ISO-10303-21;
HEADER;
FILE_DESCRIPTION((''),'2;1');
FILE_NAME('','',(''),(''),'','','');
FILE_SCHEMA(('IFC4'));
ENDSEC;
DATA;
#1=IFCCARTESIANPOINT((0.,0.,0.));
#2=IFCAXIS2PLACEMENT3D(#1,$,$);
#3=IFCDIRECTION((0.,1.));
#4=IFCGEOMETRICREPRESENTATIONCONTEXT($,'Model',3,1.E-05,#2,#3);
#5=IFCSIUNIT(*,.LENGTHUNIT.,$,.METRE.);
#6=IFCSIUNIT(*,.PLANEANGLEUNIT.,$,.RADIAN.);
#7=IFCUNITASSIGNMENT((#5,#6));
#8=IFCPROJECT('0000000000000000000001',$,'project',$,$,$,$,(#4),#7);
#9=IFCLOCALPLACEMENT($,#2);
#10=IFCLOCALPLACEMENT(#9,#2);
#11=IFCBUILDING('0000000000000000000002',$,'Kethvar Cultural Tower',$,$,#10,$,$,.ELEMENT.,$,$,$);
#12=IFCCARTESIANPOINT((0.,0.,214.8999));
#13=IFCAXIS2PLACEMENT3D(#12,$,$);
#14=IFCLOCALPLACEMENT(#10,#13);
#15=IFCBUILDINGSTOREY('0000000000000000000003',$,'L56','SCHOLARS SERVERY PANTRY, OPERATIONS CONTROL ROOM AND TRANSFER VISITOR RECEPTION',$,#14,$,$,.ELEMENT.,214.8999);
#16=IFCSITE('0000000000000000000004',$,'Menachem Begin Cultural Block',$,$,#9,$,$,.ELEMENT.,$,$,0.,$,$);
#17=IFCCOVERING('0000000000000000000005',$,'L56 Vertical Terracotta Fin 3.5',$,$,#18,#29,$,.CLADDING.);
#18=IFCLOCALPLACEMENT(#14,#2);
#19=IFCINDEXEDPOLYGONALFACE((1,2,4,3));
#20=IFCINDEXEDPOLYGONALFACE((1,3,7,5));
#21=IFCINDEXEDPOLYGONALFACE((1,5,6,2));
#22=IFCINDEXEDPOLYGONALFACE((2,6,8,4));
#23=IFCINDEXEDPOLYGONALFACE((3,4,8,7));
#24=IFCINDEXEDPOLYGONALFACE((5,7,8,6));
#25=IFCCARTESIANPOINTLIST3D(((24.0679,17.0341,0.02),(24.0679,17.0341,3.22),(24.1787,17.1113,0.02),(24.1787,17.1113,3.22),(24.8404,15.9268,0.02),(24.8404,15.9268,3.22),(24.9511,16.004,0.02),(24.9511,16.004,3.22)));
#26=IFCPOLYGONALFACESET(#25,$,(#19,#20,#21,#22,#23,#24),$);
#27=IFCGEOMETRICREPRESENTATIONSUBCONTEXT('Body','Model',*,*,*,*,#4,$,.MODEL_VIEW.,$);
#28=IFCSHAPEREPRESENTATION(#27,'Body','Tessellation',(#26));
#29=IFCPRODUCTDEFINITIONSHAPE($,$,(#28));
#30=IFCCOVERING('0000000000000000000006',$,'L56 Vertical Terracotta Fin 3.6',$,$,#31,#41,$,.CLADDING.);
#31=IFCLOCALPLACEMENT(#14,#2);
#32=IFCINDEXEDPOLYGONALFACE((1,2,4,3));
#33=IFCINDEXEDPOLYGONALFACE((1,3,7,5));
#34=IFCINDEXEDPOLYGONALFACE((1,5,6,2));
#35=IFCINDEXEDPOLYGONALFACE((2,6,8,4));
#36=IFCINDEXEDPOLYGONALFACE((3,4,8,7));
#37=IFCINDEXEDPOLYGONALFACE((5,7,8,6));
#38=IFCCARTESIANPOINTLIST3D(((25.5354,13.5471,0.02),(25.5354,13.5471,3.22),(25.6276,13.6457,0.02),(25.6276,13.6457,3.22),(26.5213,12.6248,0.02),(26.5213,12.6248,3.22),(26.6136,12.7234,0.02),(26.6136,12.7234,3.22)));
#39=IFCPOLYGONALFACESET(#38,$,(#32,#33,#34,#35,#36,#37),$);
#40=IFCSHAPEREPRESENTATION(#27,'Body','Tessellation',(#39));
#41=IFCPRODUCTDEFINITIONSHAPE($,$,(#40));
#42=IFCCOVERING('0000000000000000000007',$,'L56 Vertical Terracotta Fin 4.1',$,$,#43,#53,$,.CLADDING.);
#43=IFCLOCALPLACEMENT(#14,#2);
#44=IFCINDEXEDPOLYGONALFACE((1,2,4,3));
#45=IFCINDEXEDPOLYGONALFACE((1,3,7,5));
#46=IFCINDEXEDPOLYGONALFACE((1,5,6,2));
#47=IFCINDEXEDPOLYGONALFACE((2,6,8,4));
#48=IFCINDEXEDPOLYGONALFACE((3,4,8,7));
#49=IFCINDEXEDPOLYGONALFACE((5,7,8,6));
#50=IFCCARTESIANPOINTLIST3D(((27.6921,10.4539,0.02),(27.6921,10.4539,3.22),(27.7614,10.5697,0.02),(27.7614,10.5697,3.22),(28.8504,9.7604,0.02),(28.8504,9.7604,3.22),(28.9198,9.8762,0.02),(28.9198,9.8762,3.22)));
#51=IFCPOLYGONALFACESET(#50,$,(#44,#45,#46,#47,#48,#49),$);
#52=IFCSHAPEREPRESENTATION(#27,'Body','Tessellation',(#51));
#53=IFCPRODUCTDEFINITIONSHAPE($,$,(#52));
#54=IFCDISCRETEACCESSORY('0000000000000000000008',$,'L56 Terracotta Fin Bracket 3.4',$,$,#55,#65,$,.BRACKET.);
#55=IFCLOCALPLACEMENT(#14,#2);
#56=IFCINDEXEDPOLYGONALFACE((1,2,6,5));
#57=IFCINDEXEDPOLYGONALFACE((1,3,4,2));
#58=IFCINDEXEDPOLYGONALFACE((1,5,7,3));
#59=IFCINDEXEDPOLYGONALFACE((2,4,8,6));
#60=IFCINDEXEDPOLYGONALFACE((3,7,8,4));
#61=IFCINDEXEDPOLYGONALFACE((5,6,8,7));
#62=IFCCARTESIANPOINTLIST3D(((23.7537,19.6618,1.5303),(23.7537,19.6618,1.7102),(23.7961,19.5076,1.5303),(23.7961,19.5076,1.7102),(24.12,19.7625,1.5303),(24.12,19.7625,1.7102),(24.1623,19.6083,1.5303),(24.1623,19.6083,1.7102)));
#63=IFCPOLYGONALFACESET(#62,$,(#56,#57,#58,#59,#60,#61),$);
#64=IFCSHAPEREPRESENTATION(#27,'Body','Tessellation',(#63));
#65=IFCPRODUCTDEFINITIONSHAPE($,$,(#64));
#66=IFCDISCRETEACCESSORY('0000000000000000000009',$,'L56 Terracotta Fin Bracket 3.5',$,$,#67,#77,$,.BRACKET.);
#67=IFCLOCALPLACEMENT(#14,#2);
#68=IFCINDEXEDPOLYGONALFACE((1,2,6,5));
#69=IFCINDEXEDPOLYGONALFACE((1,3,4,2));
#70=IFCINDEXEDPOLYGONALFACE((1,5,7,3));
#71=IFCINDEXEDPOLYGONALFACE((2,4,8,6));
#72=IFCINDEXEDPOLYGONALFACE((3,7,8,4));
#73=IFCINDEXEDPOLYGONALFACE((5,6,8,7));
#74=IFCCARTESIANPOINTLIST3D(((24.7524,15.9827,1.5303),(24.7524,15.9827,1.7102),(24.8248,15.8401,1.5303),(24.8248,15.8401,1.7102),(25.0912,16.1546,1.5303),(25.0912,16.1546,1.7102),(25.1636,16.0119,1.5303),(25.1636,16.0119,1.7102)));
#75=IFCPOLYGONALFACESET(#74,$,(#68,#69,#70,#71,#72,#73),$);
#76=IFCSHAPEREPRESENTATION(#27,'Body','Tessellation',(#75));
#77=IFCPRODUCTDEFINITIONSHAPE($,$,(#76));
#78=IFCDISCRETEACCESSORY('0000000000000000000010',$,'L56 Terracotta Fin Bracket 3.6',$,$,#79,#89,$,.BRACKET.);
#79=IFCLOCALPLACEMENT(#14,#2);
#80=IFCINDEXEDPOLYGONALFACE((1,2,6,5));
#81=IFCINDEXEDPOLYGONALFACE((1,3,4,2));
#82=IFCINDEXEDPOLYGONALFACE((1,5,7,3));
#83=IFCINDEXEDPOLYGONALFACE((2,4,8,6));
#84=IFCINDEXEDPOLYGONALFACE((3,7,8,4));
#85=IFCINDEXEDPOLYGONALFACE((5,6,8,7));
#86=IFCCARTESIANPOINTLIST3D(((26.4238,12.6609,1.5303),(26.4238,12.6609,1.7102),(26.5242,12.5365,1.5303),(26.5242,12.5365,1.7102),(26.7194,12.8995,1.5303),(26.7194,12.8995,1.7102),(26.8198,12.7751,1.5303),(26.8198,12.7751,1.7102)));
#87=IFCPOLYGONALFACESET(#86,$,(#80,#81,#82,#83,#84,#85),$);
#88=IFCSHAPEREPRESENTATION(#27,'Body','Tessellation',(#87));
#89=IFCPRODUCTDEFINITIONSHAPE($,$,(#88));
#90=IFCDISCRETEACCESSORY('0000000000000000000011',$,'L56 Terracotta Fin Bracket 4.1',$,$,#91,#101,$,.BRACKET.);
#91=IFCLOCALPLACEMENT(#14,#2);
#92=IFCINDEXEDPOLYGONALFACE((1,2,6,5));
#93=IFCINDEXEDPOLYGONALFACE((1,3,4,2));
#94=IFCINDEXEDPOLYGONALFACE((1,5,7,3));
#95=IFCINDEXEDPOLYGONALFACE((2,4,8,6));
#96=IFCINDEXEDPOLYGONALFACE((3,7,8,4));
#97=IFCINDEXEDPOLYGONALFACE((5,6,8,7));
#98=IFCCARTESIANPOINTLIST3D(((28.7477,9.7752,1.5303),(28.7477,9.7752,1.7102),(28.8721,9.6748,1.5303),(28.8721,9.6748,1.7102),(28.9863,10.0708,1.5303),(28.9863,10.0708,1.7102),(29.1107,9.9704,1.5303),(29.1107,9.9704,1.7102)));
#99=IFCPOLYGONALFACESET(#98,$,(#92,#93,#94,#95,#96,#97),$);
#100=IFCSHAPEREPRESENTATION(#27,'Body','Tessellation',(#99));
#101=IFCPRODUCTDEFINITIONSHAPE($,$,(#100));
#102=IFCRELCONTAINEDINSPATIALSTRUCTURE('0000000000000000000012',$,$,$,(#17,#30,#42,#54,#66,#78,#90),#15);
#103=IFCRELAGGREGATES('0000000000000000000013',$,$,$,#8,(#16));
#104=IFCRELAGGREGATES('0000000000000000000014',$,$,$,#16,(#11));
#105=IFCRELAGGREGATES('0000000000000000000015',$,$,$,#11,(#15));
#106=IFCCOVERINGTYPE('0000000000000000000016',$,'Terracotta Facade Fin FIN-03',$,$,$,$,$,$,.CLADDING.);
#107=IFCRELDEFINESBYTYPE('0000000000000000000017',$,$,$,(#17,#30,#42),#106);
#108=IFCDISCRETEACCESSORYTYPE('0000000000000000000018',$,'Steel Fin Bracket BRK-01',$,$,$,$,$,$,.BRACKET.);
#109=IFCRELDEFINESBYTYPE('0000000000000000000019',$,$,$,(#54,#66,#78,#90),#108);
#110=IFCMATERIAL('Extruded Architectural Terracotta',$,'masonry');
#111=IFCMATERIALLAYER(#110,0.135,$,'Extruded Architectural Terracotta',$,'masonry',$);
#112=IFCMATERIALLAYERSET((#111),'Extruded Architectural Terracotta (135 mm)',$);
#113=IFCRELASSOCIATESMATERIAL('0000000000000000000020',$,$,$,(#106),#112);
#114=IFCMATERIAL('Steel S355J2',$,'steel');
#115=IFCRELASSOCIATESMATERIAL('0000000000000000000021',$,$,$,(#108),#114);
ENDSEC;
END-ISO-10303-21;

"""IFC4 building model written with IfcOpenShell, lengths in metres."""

from ifc_helpers import new_model, si_unit, direction, frame, origin, origin_2d, place, context, subcontext, project, spatial, rectangle, extrude, source, transform, mapped, material, layer, layer_set, type_object, element, save


model = new_model("IFC4")

# Units and contexts
model_context = context("Model", 3, precision=1e-05, world=origin(), true_north=direction((0.0, 1.0)))
body_context = subcontext(model_context, "Body", "Model", "MODEL_VIEW")
ifc_project = project(units=[si_unit("LENGTHUNIT", "METRE"), si_unit("PLANEANGLEUNIT", "RADIAN")], contexts=[model_context])

# Site, building, storey
site_placement = place(None, origin())
site = spatial("IfcSite", under=ifc_project, at=site_placement, Name="Menachem Begin Cultural Block", CompositionType="ELEMENT", RefElevation=0.0)
building_placement = place(site_placement, origin())
building = spatial("IfcBuilding", under=site, at=building_placement, Name="Kethvar Cultural Tower", CompositionType="ELEMENT")
storey_placement = place(building_placement, frame((0.0, 0.0, 214.8999)))
storey = spatial("IfcBuildingStorey", under=building, at=storey_placement, Name="L56", Description="SCHOLARS SERVERY PANTRY, OPERATIONS CONTROL ROOM AND TRANSFER VISITOR RECEPTION", CompositionType="ELEMENT", Elevation=214.8999)

# Shared definitions
ifc_material_1 = material(Name="Steel S355J2", Category="steel")

# Coverings
ifc_material_2 = material(Name="Extruded Architectural Terracotta", Category="masonry")
ifc_layer_1 = layer(ifc_material_2, 0.135, Name="Extruded Architectural Terracotta", Category="masonry")
ifc_layer_set_1 = layer_set([ifc_layer_1], Name="Extruded Architectural Terracotta (135 mm)")
covering_type = type_object("IfcCoveringType", Name="Terracotta Facade Fin FIN-03", PredefinedType="CLADDING", material=ifc_layer_set_1)
shared_shape_1 = source(origin(), body_context, "Body", "SweptSolid", [
    extrude(rectangle(XDim=1.3501, YDim=0.135, at=origin_2d()), origin(), (0.0, 0.0, 1.0), 3.2),
])
for number, where, z_axis, x_axis, name in (
    (1, (24.5095, 16.519, 0.02), (0.0, 0.0, 1.0), (-0.572146, 0.820152, 0.0), "L56 Vertical Terracotta Fin 3.5"),
    (2, (26.0745, 13.1353, 0.02), (0.0, 0.0, 1.0), (-0.730282, 0.683146, 0.0), "L56 Vertical Terracotta Fin 3.6"),
    (3, (28.3059, 10.165, 0.02), (0.0, 0.0, 1.0), (-0.857975, 0.513691, 0.0), "L56 Vertical Terracotta Fin 4.1"),
):
    element("IfcCovering", number, at=place(storey_placement, frame(where, z_axis=z_axis, x_axis=x_axis)), inside=storey, type_object=covering_type, Name=name, PredefinedType="CLADDING", context=body_context, shape_type="MappedRepresentation", body=[
        mapped(shared_shape_1, transform((0.0, 0.0, 0.0), scale=1.0)),
    ])

# Discrete accessories
discrete_accessory_type = type_object("IfcDiscreteAccessoryType", Name="Steel Fin Bracket BRK-01", PredefinedType="BRACKET", material=ifc_material_1)
shared_shape_2 = source(origin(), body_context, "Body", "SweptSolid", [
    extrude(rectangle(XDim=0.3799, YDim=0.1599, at=origin_2d()), origin(), (0.0, 0.0, 1.0), 0.1799),
])
for number, where, z_axis, x_axis, name in (
    (4, (23.958, 19.635, 1.5303), (0.0, 0.0, 1.0), (-0.964234, -0.265051, 0.0), "L56 Terracotta Fin Bracket 3.4"),
    (5, (24.958, 15.9973, 1.5303), (0.0, 0.0, 1.0), (-0.891798, -0.452435, 0.0), "L56 Terracotta Fin Bracket 3.5"),
    (6, (26.6218, 12.718, 1.5303), (0.0, 0.0, 1.0), (-0.778134, -0.628099, 0.0), "L56 Terracotta Fin Bracket 3.6"),
    (7, (28.9292, 9.8728, 1.5303), (0.0, 0.0, 1.0), (-0.628099, -0.778134, 0.0), "L56 Terracotta Fin Bracket 4.1"),
):
    element("IfcDiscreteAccessory", number, at=place(storey_placement, frame(where, z_axis=z_axis, x_axis=x_axis)), inside=storey, type_object=discrete_accessory_type, Name=name, PredefinedType="BRACKET", context=body_context, shape_type="MappedRepresentation", body=[
        mapped(shared_shape_2, transform((0.0, 0.0, 0.0), scale=1.0)),
    ])

save(model, "model.ifc")
